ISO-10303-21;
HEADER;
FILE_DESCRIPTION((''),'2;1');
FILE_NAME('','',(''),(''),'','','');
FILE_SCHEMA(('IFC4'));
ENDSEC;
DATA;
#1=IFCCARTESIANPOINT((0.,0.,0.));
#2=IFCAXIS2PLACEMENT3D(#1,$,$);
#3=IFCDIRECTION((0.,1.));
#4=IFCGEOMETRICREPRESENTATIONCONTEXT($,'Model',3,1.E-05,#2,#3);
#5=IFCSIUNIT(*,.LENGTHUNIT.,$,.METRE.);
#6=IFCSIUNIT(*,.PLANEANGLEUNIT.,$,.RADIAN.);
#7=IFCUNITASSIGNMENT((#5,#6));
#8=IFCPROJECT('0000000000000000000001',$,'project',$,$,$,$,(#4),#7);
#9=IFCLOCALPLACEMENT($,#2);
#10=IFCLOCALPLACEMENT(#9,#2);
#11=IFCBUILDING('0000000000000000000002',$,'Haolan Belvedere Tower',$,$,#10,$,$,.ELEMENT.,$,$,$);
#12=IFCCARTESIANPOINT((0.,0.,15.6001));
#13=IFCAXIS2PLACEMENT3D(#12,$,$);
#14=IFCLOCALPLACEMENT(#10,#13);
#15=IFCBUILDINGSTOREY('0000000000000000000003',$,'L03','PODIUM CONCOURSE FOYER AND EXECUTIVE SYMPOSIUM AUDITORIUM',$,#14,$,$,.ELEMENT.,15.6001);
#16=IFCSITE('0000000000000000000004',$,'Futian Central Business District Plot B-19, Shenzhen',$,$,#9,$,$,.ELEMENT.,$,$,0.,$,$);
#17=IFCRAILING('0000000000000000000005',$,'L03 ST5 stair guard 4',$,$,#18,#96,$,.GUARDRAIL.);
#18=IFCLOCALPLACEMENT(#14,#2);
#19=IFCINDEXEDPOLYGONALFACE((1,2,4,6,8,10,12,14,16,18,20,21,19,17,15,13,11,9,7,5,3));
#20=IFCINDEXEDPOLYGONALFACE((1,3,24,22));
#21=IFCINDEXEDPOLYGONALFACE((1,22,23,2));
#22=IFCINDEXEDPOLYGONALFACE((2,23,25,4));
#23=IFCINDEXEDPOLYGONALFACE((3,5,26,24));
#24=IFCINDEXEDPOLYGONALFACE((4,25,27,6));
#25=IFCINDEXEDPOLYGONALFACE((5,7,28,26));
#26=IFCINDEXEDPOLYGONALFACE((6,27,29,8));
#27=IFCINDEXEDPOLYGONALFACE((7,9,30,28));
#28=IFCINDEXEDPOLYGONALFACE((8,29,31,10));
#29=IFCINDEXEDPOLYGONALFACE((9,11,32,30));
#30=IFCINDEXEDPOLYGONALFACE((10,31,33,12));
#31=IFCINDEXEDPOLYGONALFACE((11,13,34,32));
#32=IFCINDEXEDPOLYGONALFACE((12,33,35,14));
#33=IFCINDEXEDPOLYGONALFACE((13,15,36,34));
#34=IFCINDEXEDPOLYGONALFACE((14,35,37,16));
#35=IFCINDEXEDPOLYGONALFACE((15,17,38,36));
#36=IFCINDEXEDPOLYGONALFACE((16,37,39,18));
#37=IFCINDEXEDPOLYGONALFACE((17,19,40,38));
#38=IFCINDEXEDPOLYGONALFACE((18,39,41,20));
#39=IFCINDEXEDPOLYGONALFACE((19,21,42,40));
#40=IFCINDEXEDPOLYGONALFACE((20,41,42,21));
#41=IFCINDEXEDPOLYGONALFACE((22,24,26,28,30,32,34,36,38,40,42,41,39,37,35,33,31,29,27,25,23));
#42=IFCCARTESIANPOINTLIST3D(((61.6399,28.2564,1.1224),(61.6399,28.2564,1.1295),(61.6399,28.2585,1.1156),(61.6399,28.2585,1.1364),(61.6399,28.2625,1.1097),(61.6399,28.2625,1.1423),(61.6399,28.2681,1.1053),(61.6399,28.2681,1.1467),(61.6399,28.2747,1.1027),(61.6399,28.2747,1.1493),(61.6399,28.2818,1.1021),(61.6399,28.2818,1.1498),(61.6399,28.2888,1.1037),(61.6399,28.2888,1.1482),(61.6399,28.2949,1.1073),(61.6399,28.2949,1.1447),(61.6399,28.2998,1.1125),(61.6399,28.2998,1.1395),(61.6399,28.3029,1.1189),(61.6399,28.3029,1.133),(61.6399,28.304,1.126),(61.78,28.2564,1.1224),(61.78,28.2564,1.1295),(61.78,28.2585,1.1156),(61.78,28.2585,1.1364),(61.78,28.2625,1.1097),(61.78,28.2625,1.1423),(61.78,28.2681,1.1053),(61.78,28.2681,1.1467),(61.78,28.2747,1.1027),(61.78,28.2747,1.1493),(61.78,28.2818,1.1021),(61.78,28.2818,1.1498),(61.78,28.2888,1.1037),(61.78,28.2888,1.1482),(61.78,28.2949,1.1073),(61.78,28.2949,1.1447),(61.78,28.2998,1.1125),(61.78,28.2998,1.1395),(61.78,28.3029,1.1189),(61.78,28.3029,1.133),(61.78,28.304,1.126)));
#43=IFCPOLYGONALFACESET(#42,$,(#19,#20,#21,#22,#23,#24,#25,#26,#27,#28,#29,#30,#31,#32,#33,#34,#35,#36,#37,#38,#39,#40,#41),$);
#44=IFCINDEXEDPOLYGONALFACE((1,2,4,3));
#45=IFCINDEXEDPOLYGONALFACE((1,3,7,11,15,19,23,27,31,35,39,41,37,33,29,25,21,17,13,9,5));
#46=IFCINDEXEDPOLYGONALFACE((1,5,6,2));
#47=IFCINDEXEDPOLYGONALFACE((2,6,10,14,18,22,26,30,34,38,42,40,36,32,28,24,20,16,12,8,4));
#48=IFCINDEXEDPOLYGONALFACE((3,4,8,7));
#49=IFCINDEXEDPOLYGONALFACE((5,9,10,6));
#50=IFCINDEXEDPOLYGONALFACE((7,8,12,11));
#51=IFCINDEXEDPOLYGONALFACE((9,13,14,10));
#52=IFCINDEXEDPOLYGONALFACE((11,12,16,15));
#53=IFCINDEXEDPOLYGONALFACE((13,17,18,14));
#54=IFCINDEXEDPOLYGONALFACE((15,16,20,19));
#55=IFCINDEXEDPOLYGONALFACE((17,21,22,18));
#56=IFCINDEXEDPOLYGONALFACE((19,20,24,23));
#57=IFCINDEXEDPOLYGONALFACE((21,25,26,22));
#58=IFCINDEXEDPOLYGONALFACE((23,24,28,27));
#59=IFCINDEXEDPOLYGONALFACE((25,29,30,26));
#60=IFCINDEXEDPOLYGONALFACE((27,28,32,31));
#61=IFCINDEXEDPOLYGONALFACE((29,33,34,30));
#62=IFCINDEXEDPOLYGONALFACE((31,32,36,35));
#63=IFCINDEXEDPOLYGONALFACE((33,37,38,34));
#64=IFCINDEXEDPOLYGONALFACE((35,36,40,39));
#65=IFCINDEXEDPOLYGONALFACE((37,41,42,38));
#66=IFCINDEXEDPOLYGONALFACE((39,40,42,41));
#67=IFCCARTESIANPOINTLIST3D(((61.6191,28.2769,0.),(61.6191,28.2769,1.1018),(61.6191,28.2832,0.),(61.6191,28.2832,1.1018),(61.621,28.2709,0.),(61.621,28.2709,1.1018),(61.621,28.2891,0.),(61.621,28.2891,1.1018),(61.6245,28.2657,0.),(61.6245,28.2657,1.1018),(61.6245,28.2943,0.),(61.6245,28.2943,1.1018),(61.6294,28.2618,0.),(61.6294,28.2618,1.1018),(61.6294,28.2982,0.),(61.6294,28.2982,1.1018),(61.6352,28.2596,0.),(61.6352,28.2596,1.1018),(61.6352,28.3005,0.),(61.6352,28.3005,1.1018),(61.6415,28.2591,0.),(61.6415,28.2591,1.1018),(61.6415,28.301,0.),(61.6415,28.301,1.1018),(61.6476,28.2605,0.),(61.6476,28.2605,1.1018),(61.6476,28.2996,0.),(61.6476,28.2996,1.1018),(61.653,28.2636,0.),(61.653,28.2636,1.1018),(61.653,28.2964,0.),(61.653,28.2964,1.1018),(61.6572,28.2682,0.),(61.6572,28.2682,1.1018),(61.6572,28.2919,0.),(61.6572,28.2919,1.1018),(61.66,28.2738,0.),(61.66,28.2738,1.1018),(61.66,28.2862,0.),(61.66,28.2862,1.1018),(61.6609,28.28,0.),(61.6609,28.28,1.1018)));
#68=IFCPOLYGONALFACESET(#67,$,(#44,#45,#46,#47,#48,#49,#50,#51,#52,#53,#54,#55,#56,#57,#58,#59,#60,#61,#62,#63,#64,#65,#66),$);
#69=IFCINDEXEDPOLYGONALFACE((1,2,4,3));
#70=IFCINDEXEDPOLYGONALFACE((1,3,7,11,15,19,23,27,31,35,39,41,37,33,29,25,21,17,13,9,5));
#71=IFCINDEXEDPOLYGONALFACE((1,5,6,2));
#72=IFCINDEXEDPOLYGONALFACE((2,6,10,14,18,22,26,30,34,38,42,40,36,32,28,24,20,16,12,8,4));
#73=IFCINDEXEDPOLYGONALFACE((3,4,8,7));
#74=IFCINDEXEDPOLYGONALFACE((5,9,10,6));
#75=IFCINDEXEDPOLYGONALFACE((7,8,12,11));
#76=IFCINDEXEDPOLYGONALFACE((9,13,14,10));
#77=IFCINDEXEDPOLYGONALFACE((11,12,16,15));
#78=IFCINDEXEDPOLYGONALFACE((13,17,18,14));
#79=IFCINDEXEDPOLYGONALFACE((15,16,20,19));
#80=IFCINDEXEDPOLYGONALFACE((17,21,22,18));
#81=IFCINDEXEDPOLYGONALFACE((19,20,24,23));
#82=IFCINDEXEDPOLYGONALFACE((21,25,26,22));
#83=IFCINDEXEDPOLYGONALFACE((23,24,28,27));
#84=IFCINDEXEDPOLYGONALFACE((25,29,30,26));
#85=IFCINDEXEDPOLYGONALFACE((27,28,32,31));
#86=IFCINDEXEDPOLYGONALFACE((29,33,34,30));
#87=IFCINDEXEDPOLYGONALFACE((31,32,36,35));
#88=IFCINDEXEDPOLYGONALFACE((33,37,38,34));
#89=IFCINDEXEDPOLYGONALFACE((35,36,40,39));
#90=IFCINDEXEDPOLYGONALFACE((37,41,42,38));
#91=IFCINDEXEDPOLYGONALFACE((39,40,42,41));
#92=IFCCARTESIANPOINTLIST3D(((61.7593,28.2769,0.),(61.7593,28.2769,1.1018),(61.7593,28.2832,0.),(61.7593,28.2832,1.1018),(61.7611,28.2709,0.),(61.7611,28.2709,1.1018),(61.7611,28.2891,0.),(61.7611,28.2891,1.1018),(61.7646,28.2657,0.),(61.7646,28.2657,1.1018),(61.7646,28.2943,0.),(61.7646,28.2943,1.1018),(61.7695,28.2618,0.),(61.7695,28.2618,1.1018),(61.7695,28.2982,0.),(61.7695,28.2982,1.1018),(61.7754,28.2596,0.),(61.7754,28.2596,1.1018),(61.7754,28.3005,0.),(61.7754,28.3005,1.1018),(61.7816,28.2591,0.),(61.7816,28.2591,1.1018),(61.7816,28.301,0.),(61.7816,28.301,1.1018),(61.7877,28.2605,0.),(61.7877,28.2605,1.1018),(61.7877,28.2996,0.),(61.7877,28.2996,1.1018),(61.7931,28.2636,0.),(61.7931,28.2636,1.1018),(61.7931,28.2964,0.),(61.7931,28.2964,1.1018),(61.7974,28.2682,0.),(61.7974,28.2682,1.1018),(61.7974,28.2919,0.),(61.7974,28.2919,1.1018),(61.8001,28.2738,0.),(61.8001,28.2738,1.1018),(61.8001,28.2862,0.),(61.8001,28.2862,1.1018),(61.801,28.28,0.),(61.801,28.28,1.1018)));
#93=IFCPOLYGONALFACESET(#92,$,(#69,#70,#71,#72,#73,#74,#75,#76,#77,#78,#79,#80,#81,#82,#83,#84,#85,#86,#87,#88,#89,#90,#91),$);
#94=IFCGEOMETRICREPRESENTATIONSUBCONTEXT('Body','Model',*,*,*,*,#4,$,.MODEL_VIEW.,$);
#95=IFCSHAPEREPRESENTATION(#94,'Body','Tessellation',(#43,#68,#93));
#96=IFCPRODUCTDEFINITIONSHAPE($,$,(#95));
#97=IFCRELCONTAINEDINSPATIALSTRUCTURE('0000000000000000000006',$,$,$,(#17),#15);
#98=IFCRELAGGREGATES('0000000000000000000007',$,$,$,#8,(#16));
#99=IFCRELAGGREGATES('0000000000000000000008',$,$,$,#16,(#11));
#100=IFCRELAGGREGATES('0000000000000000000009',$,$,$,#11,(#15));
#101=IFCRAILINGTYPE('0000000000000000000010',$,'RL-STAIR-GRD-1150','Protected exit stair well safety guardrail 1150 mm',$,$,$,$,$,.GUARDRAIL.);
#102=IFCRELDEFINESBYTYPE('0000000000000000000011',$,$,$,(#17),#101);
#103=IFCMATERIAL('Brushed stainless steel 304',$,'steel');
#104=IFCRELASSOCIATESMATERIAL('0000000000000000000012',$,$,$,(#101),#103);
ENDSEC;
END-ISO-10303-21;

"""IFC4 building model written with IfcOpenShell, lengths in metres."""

from ifc_helpers import new_model, si_unit, direction, frame, origin, origin_2d, place, context, subcontext, project, spatial, circle, extrude, material, type_object, element, save


model = new_model("IFC4")

# Units and contexts
model_context = context("Model", 3, precision=1e-05, world=origin(), true_north=direction((0.0, 1.0)))
body_context = subcontext(model_context, "Body", "Model", "MODEL_VIEW")
ifc_project = project(units=[si_unit("LENGTHUNIT", "METRE"), si_unit("PLANEANGLEUNIT", "RADIAN")], contexts=[model_context])

# Site, building, storey
site_placement = place(None, origin())
site = spatial("IfcSite", under=ifc_project, at=site_placement, Name="Futian Central Business District Plot B-19, Shenzhen", CompositionType="ELEMENT", RefElevation=0.0)
building_placement = place(site_placement, origin())
building = spatial("IfcBuilding", under=site, at=building_placement, Name="Haolan Belvedere Tower", CompositionType="ELEMENT")
storey_placement = place(building_placement, frame((0.0, 0.0, 15.6001)))
storey = spatial("IfcBuildingStorey", under=building, at=storey_placement, Name="L03", Description="PODIUM CONCOURSE FOYER AND EXECUTIVE SYMPOSIUM AUDITORIUM", CompositionType="ELEMENT", Elevation=15.6001)

# Railing
ifc_material_1 = material(Name="Brushed stainless steel 304", Category="steel")
railing_type_1 = type_object("IfcRailingType", Name="RL-STAIR-GRD-1150", Description="Protected exit stair well safety guardrail 1150 mm", PredefinedType="GUARDRAIL", material=ifc_material_1)
railing_1_placement = place(storey_placement, frame((61.6399, 28.28, 0.0)))
element("IfcRailing", 1, at=railing_1_placement, inside=storey, type_object=railing_type_1, Name="L03 ST5 stair guard 4", PredefinedType="GUARDRAIL", context=body_context, shape_type="SweptSolid", body=[
    extrude(circle(Radius=0.0239, at=origin_2d()), frame((0.0, 0.0, 1.126), z_axis=(1.0, 0.0, 0.0), x_axis=(0.0, 1.0, 0.0)), (0.0, 0.0, 1.0), 0.1401),
    extrude(circle(Radius=0.021, at=origin_2d()), origin(), (0.0, 0.0, 1.0), 1.1018),
    extrude(circle(Radius=0.021, at=origin_2d()), frame((0.1401, 0.0, 0.0)), (0.0, 0.0, 1.0), 1.1018),
])

save(model, "model.ifc")
